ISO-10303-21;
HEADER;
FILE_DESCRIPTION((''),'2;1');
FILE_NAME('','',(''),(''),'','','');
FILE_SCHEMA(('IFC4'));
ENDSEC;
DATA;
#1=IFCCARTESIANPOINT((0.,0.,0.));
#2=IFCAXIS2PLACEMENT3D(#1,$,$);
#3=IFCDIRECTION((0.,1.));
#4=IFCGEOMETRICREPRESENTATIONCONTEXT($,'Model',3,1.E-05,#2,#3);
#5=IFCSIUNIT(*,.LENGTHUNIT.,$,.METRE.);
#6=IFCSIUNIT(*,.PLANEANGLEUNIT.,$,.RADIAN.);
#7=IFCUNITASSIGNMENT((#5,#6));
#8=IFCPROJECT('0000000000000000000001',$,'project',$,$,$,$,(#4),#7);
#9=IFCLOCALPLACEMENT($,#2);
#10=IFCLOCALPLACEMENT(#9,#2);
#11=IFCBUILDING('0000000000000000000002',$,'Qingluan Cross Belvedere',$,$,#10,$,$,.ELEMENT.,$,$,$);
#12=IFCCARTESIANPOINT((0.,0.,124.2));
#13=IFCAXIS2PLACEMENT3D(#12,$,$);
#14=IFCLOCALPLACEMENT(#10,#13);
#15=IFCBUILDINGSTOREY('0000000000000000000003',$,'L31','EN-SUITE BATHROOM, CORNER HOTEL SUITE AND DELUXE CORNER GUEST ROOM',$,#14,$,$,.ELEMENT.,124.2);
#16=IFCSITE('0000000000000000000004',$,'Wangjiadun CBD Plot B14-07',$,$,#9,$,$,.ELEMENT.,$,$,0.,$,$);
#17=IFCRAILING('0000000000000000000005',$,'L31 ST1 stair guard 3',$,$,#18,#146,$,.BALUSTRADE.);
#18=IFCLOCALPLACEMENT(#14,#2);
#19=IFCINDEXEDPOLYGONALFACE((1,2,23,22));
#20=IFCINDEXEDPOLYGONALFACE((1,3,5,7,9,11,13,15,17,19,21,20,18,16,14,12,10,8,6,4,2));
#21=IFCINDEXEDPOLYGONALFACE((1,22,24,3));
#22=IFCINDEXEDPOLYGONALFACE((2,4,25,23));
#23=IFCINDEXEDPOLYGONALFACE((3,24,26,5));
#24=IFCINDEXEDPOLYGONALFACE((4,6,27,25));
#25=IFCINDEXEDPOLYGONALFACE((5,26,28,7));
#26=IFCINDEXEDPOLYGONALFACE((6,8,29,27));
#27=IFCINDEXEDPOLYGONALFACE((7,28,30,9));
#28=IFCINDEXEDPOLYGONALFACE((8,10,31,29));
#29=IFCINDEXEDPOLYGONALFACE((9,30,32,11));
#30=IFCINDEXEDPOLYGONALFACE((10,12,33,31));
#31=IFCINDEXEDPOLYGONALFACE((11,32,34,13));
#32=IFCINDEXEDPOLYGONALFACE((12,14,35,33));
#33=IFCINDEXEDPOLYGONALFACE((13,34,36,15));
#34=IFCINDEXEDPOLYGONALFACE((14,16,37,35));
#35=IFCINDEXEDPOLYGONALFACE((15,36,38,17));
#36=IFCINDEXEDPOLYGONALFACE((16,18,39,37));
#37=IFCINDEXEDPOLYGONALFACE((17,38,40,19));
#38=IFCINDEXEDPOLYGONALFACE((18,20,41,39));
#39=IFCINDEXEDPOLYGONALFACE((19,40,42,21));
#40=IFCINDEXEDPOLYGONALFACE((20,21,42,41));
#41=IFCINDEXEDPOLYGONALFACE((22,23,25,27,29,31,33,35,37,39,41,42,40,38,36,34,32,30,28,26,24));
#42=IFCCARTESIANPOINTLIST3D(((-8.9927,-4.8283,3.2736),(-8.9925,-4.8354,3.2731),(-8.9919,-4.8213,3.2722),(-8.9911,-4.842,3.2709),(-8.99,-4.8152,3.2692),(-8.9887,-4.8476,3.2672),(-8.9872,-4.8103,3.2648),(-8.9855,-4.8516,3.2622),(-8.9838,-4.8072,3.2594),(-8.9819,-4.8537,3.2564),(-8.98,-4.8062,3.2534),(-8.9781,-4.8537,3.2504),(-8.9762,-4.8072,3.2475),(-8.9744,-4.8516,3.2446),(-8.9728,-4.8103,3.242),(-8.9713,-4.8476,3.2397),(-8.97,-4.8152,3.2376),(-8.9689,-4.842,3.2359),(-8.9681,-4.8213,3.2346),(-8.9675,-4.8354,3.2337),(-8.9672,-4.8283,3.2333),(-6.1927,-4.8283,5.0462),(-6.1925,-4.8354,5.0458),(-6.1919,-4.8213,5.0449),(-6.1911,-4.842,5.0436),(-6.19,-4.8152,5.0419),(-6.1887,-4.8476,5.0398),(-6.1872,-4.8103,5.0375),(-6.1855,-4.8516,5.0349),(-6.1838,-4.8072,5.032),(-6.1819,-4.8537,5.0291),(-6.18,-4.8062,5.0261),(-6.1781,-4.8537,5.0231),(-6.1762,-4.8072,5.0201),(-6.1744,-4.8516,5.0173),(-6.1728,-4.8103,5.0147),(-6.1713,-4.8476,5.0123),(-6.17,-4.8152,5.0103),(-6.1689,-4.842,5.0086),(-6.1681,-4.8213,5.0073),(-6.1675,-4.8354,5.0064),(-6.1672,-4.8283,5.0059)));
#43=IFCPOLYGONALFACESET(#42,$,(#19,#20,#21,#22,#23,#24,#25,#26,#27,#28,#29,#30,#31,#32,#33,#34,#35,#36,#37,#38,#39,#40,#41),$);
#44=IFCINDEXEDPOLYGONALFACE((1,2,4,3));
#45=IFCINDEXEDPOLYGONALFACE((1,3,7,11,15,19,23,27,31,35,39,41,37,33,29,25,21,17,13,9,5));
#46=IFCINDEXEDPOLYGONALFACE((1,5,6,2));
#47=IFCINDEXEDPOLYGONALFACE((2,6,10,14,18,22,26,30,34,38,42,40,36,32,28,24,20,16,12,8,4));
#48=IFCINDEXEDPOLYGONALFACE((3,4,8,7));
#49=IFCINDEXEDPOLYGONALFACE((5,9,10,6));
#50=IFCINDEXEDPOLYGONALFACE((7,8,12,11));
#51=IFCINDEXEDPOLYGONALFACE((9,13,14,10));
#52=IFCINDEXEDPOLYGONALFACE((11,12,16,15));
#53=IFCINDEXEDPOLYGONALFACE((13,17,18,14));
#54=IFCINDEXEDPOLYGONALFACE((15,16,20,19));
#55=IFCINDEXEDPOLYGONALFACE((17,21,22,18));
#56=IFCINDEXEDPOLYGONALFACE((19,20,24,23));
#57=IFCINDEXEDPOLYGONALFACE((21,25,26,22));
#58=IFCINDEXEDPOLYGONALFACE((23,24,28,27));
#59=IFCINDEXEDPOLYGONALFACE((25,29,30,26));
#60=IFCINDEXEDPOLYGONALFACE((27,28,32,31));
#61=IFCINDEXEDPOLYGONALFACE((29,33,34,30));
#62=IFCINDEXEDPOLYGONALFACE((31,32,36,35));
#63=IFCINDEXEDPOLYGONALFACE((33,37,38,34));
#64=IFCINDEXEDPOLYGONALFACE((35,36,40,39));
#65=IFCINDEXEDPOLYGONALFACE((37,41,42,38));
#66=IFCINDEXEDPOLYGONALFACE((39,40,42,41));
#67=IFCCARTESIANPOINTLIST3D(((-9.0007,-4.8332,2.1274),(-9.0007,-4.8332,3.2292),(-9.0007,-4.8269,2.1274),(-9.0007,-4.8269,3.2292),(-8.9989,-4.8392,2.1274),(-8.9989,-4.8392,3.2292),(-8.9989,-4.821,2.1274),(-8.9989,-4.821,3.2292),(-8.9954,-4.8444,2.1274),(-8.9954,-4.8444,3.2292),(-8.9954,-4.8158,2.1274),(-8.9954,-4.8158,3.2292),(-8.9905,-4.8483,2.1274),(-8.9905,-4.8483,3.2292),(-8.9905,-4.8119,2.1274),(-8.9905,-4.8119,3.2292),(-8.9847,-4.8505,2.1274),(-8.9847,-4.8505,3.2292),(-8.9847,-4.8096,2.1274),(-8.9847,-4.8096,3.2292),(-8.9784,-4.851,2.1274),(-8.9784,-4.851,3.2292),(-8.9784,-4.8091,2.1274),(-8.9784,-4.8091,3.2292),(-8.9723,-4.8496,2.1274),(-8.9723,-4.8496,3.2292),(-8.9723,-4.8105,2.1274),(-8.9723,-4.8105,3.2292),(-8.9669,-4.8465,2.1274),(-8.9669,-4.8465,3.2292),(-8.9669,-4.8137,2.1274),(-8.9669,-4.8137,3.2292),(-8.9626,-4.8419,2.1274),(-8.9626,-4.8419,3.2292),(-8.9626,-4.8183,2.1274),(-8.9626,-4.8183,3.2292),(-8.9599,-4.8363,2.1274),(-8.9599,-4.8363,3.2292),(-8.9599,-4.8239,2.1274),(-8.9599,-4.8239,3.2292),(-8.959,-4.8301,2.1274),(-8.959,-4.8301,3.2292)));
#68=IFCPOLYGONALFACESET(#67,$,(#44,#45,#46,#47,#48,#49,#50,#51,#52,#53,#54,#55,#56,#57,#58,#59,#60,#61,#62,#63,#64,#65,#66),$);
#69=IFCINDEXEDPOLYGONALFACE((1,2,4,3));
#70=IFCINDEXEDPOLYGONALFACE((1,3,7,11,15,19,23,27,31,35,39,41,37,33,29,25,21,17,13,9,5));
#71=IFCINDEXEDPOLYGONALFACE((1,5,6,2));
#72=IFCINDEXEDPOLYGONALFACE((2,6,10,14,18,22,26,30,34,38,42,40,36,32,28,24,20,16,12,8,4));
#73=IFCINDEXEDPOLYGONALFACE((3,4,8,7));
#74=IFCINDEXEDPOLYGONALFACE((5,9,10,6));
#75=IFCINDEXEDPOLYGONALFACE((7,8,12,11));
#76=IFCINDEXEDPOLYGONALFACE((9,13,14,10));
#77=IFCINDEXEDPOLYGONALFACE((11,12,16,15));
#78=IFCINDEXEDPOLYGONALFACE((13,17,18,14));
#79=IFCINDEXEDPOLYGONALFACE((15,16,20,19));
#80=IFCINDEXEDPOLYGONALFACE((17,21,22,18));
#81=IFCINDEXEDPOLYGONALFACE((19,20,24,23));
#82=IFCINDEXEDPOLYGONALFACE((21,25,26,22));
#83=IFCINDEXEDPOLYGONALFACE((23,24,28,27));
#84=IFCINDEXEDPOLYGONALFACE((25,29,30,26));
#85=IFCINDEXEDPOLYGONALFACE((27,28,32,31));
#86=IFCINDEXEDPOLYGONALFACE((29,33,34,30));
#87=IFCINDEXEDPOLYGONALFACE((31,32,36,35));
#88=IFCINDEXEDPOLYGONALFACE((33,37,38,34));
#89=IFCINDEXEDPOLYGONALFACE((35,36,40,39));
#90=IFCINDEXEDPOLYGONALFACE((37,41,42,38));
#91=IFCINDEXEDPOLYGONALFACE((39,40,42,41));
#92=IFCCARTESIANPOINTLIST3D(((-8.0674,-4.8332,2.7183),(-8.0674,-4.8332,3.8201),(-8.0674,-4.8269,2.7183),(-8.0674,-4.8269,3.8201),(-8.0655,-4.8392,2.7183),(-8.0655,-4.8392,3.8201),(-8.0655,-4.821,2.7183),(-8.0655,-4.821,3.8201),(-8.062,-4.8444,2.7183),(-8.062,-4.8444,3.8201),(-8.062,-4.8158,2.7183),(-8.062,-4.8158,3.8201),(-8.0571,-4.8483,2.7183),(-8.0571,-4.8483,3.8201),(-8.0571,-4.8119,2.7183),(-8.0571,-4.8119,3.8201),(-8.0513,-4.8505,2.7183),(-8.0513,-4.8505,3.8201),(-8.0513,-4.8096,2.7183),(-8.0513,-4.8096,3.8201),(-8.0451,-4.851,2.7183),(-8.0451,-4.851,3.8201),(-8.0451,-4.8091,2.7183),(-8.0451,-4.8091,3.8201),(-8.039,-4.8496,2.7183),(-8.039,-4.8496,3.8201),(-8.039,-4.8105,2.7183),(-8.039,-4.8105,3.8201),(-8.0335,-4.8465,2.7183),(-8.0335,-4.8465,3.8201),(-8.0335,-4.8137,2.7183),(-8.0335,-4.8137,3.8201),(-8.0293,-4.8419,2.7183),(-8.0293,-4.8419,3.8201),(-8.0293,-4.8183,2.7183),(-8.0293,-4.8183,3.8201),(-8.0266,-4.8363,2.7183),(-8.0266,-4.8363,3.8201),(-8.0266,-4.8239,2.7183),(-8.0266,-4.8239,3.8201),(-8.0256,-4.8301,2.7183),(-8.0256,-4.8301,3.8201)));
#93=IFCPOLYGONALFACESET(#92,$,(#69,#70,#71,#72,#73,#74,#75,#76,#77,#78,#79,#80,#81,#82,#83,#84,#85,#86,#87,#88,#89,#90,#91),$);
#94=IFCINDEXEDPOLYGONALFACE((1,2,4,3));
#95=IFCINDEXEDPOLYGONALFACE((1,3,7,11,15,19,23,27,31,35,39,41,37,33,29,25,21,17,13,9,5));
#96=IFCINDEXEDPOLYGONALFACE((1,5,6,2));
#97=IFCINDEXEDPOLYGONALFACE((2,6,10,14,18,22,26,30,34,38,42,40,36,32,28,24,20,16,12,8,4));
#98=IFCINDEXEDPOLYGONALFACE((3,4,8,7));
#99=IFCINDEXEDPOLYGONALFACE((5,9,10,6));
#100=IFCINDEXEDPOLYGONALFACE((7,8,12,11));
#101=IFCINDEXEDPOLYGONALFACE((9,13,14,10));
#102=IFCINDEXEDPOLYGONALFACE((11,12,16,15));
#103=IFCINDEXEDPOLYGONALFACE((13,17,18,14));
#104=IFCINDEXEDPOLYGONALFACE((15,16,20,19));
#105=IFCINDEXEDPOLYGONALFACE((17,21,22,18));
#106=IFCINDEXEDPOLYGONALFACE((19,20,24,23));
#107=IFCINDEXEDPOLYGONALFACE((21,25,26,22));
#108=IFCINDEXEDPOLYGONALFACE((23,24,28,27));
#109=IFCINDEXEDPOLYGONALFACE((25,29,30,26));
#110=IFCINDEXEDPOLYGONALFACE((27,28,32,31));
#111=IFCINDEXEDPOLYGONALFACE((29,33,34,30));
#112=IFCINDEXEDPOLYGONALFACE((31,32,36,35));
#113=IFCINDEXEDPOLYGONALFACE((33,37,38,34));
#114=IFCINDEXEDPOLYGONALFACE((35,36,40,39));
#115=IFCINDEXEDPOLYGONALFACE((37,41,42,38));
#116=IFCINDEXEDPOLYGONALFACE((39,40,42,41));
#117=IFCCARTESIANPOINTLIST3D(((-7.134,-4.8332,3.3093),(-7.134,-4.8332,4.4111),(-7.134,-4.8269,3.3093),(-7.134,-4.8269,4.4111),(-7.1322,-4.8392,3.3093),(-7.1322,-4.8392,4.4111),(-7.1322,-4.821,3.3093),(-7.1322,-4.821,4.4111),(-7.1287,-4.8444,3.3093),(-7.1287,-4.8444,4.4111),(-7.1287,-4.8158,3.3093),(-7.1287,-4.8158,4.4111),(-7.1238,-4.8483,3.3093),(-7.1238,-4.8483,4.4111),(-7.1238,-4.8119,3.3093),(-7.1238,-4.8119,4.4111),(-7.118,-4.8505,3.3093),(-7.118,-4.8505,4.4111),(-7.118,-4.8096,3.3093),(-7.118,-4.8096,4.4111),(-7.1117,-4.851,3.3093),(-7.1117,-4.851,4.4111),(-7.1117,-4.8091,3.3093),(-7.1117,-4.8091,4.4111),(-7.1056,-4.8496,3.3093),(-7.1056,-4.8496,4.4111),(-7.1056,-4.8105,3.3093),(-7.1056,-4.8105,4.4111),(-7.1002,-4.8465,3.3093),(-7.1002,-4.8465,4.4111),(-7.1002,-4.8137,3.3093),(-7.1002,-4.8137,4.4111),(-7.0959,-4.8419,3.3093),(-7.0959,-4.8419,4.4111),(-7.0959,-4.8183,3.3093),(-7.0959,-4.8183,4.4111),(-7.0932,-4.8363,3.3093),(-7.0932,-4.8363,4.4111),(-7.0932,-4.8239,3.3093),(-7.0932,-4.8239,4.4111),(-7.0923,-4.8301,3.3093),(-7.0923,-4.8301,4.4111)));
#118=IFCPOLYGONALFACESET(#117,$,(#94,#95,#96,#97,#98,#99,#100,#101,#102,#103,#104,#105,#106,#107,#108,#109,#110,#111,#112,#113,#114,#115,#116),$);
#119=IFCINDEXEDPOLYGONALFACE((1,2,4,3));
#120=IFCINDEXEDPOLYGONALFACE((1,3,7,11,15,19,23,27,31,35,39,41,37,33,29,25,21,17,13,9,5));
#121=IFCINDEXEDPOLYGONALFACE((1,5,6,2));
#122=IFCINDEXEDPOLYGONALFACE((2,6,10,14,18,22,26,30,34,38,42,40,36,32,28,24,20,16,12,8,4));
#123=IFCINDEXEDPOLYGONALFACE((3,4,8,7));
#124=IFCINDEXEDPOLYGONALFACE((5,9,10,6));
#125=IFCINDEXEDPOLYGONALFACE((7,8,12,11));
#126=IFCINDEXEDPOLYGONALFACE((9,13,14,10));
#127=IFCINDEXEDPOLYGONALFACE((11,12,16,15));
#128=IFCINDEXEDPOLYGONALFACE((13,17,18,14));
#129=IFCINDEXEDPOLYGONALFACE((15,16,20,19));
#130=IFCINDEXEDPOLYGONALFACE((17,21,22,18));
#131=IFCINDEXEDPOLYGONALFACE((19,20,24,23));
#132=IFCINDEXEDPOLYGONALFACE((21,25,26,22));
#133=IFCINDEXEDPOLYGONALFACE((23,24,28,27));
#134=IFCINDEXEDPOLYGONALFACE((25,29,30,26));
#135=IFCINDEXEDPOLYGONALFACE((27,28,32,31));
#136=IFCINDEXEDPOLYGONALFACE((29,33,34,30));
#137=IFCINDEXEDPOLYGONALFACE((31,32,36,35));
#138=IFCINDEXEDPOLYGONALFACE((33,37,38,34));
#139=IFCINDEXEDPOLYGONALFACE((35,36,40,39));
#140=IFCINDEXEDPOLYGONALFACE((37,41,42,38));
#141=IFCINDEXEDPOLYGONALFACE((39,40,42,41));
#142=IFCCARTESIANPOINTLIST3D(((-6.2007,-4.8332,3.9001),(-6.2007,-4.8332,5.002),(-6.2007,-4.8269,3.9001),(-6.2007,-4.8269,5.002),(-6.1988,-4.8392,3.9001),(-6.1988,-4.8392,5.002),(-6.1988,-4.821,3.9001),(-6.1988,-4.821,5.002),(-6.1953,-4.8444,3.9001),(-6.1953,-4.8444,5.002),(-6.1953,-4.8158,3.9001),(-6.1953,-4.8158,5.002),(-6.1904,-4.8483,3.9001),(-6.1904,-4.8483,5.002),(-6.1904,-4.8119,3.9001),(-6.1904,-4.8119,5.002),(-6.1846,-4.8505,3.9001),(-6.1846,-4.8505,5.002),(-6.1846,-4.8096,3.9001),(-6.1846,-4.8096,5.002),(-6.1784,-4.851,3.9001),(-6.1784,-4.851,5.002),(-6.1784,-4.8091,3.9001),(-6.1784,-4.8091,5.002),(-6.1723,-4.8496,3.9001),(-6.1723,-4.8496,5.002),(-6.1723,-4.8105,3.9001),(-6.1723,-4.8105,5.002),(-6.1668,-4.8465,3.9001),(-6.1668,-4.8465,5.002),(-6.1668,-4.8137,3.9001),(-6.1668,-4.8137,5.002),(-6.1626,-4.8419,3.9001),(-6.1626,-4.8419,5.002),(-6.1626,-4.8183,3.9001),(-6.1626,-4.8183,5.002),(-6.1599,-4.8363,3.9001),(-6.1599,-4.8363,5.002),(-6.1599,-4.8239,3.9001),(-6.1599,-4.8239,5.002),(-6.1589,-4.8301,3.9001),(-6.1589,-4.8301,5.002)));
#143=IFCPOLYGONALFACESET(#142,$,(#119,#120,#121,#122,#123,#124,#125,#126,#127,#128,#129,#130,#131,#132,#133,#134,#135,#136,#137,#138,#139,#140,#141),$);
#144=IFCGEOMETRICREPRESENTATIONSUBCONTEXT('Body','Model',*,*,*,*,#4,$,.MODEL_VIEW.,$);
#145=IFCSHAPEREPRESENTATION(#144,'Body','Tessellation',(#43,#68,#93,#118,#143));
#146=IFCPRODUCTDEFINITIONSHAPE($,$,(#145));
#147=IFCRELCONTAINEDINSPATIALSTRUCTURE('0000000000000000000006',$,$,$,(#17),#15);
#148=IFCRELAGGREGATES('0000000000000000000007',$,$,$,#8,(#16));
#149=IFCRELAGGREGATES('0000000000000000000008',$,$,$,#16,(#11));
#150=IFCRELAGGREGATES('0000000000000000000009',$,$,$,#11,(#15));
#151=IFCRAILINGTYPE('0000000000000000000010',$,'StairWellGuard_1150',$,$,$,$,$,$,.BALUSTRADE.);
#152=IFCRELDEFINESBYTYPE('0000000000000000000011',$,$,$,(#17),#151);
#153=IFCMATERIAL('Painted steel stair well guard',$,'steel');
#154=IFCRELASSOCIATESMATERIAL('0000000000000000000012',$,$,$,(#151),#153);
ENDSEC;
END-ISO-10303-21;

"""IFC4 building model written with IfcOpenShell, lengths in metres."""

from ifc_helpers import new_model, si_unit, direction, frame, origin, origin_2d, place, context, subcontext, project, spatial, circle, extrude, material, type_object, element, save


model = new_model("IFC4")

# Units and contexts
model_context = context("Model", 3, precision=1e-05, world=origin(), true_north=direction((0.0, 1.0)))
body_context = subcontext(model_context, "Body", "Model", "MODEL_VIEW")
ifc_project = project(units=[si_unit("LENGTHUNIT", "METRE"), si_unit("PLANEANGLEUNIT", "RADIAN")], contexts=[model_context])

# Site, building, storey
site_placement = place(None, origin())
site = spatial("IfcSite", under=ifc_project, at=site_placement, Name="Wangjiadun CBD Plot B14-07", CompositionType="ELEMENT", RefElevation=0.0)
building_placement = place(site_placement, origin())
building = spatial("IfcBuilding", under=site, at=building_placement, Name="Qingluan Cross Belvedere", CompositionType="ELEMENT")
storey_placement = place(building_placement, frame((0.0, 0.0, 124.2)))
storey = spatial("IfcBuildingStorey", under=building, at=storey_placement, Name="L31", Description="EN-SUITE BATHROOM, CORNER HOTEL SUITE AND DELUXE CORNER GUEST ROOM", CompositionType="ELEMENT", Elevation=124.2)

# Railing
ifc_material_1 = material(Name="Painted steel stair well guard", Category="steel")
railing_type_1 = type_object("IfcRailingType", Name="StairWellGuard_1150", PredefinedType="BALUSTRADE", material=ifc_material_1)
railing_1_placement = place(storey_placement, frame((-8.98, -4.8301, 2.1274)))
element("IfcRailing", 1, at=railing_1_placement, inside=storey, type_object=railing_type_1, Name="L31 ST1 stair guard 3", PredefinedType="BALUSTRADE", context=body_context, shape_type="SweptSolid", body=[
    extrude(circle(Radius=0.0239, at=origin_2d()), frame((0.0, 0.0, 1.126), z_axis=(0.844909, 0.0, 0.53491), x_axis=(0.0, 1.0, 0.0)), (0.0, 0.0, 1.0), 3.314),
    extrude(circle(Radius=0.021, at=origin_2d()), origin(), (0.0, 0.0, 1.0), 1.1018),
    extrude(circle(Radius=0.021, at=origin_2d()), frame((0.9333, 0.0, 0.5908)), (0.0, 0.0, 1.0), 1.1018),
    extrude(circle(Radius=0.021, at=origin_2d()), frame((1.8667, 0.0, 1.1819)), (0.0, 0.0, 1.0), 1.1018),
    extrude(circle(Radius=0.021, at=origin_2d()), frame((2.8, 0.0, 1.7727)), (0.0, 0.0, 1.0), 1.1018),
])

save(model, "model.ifc")
